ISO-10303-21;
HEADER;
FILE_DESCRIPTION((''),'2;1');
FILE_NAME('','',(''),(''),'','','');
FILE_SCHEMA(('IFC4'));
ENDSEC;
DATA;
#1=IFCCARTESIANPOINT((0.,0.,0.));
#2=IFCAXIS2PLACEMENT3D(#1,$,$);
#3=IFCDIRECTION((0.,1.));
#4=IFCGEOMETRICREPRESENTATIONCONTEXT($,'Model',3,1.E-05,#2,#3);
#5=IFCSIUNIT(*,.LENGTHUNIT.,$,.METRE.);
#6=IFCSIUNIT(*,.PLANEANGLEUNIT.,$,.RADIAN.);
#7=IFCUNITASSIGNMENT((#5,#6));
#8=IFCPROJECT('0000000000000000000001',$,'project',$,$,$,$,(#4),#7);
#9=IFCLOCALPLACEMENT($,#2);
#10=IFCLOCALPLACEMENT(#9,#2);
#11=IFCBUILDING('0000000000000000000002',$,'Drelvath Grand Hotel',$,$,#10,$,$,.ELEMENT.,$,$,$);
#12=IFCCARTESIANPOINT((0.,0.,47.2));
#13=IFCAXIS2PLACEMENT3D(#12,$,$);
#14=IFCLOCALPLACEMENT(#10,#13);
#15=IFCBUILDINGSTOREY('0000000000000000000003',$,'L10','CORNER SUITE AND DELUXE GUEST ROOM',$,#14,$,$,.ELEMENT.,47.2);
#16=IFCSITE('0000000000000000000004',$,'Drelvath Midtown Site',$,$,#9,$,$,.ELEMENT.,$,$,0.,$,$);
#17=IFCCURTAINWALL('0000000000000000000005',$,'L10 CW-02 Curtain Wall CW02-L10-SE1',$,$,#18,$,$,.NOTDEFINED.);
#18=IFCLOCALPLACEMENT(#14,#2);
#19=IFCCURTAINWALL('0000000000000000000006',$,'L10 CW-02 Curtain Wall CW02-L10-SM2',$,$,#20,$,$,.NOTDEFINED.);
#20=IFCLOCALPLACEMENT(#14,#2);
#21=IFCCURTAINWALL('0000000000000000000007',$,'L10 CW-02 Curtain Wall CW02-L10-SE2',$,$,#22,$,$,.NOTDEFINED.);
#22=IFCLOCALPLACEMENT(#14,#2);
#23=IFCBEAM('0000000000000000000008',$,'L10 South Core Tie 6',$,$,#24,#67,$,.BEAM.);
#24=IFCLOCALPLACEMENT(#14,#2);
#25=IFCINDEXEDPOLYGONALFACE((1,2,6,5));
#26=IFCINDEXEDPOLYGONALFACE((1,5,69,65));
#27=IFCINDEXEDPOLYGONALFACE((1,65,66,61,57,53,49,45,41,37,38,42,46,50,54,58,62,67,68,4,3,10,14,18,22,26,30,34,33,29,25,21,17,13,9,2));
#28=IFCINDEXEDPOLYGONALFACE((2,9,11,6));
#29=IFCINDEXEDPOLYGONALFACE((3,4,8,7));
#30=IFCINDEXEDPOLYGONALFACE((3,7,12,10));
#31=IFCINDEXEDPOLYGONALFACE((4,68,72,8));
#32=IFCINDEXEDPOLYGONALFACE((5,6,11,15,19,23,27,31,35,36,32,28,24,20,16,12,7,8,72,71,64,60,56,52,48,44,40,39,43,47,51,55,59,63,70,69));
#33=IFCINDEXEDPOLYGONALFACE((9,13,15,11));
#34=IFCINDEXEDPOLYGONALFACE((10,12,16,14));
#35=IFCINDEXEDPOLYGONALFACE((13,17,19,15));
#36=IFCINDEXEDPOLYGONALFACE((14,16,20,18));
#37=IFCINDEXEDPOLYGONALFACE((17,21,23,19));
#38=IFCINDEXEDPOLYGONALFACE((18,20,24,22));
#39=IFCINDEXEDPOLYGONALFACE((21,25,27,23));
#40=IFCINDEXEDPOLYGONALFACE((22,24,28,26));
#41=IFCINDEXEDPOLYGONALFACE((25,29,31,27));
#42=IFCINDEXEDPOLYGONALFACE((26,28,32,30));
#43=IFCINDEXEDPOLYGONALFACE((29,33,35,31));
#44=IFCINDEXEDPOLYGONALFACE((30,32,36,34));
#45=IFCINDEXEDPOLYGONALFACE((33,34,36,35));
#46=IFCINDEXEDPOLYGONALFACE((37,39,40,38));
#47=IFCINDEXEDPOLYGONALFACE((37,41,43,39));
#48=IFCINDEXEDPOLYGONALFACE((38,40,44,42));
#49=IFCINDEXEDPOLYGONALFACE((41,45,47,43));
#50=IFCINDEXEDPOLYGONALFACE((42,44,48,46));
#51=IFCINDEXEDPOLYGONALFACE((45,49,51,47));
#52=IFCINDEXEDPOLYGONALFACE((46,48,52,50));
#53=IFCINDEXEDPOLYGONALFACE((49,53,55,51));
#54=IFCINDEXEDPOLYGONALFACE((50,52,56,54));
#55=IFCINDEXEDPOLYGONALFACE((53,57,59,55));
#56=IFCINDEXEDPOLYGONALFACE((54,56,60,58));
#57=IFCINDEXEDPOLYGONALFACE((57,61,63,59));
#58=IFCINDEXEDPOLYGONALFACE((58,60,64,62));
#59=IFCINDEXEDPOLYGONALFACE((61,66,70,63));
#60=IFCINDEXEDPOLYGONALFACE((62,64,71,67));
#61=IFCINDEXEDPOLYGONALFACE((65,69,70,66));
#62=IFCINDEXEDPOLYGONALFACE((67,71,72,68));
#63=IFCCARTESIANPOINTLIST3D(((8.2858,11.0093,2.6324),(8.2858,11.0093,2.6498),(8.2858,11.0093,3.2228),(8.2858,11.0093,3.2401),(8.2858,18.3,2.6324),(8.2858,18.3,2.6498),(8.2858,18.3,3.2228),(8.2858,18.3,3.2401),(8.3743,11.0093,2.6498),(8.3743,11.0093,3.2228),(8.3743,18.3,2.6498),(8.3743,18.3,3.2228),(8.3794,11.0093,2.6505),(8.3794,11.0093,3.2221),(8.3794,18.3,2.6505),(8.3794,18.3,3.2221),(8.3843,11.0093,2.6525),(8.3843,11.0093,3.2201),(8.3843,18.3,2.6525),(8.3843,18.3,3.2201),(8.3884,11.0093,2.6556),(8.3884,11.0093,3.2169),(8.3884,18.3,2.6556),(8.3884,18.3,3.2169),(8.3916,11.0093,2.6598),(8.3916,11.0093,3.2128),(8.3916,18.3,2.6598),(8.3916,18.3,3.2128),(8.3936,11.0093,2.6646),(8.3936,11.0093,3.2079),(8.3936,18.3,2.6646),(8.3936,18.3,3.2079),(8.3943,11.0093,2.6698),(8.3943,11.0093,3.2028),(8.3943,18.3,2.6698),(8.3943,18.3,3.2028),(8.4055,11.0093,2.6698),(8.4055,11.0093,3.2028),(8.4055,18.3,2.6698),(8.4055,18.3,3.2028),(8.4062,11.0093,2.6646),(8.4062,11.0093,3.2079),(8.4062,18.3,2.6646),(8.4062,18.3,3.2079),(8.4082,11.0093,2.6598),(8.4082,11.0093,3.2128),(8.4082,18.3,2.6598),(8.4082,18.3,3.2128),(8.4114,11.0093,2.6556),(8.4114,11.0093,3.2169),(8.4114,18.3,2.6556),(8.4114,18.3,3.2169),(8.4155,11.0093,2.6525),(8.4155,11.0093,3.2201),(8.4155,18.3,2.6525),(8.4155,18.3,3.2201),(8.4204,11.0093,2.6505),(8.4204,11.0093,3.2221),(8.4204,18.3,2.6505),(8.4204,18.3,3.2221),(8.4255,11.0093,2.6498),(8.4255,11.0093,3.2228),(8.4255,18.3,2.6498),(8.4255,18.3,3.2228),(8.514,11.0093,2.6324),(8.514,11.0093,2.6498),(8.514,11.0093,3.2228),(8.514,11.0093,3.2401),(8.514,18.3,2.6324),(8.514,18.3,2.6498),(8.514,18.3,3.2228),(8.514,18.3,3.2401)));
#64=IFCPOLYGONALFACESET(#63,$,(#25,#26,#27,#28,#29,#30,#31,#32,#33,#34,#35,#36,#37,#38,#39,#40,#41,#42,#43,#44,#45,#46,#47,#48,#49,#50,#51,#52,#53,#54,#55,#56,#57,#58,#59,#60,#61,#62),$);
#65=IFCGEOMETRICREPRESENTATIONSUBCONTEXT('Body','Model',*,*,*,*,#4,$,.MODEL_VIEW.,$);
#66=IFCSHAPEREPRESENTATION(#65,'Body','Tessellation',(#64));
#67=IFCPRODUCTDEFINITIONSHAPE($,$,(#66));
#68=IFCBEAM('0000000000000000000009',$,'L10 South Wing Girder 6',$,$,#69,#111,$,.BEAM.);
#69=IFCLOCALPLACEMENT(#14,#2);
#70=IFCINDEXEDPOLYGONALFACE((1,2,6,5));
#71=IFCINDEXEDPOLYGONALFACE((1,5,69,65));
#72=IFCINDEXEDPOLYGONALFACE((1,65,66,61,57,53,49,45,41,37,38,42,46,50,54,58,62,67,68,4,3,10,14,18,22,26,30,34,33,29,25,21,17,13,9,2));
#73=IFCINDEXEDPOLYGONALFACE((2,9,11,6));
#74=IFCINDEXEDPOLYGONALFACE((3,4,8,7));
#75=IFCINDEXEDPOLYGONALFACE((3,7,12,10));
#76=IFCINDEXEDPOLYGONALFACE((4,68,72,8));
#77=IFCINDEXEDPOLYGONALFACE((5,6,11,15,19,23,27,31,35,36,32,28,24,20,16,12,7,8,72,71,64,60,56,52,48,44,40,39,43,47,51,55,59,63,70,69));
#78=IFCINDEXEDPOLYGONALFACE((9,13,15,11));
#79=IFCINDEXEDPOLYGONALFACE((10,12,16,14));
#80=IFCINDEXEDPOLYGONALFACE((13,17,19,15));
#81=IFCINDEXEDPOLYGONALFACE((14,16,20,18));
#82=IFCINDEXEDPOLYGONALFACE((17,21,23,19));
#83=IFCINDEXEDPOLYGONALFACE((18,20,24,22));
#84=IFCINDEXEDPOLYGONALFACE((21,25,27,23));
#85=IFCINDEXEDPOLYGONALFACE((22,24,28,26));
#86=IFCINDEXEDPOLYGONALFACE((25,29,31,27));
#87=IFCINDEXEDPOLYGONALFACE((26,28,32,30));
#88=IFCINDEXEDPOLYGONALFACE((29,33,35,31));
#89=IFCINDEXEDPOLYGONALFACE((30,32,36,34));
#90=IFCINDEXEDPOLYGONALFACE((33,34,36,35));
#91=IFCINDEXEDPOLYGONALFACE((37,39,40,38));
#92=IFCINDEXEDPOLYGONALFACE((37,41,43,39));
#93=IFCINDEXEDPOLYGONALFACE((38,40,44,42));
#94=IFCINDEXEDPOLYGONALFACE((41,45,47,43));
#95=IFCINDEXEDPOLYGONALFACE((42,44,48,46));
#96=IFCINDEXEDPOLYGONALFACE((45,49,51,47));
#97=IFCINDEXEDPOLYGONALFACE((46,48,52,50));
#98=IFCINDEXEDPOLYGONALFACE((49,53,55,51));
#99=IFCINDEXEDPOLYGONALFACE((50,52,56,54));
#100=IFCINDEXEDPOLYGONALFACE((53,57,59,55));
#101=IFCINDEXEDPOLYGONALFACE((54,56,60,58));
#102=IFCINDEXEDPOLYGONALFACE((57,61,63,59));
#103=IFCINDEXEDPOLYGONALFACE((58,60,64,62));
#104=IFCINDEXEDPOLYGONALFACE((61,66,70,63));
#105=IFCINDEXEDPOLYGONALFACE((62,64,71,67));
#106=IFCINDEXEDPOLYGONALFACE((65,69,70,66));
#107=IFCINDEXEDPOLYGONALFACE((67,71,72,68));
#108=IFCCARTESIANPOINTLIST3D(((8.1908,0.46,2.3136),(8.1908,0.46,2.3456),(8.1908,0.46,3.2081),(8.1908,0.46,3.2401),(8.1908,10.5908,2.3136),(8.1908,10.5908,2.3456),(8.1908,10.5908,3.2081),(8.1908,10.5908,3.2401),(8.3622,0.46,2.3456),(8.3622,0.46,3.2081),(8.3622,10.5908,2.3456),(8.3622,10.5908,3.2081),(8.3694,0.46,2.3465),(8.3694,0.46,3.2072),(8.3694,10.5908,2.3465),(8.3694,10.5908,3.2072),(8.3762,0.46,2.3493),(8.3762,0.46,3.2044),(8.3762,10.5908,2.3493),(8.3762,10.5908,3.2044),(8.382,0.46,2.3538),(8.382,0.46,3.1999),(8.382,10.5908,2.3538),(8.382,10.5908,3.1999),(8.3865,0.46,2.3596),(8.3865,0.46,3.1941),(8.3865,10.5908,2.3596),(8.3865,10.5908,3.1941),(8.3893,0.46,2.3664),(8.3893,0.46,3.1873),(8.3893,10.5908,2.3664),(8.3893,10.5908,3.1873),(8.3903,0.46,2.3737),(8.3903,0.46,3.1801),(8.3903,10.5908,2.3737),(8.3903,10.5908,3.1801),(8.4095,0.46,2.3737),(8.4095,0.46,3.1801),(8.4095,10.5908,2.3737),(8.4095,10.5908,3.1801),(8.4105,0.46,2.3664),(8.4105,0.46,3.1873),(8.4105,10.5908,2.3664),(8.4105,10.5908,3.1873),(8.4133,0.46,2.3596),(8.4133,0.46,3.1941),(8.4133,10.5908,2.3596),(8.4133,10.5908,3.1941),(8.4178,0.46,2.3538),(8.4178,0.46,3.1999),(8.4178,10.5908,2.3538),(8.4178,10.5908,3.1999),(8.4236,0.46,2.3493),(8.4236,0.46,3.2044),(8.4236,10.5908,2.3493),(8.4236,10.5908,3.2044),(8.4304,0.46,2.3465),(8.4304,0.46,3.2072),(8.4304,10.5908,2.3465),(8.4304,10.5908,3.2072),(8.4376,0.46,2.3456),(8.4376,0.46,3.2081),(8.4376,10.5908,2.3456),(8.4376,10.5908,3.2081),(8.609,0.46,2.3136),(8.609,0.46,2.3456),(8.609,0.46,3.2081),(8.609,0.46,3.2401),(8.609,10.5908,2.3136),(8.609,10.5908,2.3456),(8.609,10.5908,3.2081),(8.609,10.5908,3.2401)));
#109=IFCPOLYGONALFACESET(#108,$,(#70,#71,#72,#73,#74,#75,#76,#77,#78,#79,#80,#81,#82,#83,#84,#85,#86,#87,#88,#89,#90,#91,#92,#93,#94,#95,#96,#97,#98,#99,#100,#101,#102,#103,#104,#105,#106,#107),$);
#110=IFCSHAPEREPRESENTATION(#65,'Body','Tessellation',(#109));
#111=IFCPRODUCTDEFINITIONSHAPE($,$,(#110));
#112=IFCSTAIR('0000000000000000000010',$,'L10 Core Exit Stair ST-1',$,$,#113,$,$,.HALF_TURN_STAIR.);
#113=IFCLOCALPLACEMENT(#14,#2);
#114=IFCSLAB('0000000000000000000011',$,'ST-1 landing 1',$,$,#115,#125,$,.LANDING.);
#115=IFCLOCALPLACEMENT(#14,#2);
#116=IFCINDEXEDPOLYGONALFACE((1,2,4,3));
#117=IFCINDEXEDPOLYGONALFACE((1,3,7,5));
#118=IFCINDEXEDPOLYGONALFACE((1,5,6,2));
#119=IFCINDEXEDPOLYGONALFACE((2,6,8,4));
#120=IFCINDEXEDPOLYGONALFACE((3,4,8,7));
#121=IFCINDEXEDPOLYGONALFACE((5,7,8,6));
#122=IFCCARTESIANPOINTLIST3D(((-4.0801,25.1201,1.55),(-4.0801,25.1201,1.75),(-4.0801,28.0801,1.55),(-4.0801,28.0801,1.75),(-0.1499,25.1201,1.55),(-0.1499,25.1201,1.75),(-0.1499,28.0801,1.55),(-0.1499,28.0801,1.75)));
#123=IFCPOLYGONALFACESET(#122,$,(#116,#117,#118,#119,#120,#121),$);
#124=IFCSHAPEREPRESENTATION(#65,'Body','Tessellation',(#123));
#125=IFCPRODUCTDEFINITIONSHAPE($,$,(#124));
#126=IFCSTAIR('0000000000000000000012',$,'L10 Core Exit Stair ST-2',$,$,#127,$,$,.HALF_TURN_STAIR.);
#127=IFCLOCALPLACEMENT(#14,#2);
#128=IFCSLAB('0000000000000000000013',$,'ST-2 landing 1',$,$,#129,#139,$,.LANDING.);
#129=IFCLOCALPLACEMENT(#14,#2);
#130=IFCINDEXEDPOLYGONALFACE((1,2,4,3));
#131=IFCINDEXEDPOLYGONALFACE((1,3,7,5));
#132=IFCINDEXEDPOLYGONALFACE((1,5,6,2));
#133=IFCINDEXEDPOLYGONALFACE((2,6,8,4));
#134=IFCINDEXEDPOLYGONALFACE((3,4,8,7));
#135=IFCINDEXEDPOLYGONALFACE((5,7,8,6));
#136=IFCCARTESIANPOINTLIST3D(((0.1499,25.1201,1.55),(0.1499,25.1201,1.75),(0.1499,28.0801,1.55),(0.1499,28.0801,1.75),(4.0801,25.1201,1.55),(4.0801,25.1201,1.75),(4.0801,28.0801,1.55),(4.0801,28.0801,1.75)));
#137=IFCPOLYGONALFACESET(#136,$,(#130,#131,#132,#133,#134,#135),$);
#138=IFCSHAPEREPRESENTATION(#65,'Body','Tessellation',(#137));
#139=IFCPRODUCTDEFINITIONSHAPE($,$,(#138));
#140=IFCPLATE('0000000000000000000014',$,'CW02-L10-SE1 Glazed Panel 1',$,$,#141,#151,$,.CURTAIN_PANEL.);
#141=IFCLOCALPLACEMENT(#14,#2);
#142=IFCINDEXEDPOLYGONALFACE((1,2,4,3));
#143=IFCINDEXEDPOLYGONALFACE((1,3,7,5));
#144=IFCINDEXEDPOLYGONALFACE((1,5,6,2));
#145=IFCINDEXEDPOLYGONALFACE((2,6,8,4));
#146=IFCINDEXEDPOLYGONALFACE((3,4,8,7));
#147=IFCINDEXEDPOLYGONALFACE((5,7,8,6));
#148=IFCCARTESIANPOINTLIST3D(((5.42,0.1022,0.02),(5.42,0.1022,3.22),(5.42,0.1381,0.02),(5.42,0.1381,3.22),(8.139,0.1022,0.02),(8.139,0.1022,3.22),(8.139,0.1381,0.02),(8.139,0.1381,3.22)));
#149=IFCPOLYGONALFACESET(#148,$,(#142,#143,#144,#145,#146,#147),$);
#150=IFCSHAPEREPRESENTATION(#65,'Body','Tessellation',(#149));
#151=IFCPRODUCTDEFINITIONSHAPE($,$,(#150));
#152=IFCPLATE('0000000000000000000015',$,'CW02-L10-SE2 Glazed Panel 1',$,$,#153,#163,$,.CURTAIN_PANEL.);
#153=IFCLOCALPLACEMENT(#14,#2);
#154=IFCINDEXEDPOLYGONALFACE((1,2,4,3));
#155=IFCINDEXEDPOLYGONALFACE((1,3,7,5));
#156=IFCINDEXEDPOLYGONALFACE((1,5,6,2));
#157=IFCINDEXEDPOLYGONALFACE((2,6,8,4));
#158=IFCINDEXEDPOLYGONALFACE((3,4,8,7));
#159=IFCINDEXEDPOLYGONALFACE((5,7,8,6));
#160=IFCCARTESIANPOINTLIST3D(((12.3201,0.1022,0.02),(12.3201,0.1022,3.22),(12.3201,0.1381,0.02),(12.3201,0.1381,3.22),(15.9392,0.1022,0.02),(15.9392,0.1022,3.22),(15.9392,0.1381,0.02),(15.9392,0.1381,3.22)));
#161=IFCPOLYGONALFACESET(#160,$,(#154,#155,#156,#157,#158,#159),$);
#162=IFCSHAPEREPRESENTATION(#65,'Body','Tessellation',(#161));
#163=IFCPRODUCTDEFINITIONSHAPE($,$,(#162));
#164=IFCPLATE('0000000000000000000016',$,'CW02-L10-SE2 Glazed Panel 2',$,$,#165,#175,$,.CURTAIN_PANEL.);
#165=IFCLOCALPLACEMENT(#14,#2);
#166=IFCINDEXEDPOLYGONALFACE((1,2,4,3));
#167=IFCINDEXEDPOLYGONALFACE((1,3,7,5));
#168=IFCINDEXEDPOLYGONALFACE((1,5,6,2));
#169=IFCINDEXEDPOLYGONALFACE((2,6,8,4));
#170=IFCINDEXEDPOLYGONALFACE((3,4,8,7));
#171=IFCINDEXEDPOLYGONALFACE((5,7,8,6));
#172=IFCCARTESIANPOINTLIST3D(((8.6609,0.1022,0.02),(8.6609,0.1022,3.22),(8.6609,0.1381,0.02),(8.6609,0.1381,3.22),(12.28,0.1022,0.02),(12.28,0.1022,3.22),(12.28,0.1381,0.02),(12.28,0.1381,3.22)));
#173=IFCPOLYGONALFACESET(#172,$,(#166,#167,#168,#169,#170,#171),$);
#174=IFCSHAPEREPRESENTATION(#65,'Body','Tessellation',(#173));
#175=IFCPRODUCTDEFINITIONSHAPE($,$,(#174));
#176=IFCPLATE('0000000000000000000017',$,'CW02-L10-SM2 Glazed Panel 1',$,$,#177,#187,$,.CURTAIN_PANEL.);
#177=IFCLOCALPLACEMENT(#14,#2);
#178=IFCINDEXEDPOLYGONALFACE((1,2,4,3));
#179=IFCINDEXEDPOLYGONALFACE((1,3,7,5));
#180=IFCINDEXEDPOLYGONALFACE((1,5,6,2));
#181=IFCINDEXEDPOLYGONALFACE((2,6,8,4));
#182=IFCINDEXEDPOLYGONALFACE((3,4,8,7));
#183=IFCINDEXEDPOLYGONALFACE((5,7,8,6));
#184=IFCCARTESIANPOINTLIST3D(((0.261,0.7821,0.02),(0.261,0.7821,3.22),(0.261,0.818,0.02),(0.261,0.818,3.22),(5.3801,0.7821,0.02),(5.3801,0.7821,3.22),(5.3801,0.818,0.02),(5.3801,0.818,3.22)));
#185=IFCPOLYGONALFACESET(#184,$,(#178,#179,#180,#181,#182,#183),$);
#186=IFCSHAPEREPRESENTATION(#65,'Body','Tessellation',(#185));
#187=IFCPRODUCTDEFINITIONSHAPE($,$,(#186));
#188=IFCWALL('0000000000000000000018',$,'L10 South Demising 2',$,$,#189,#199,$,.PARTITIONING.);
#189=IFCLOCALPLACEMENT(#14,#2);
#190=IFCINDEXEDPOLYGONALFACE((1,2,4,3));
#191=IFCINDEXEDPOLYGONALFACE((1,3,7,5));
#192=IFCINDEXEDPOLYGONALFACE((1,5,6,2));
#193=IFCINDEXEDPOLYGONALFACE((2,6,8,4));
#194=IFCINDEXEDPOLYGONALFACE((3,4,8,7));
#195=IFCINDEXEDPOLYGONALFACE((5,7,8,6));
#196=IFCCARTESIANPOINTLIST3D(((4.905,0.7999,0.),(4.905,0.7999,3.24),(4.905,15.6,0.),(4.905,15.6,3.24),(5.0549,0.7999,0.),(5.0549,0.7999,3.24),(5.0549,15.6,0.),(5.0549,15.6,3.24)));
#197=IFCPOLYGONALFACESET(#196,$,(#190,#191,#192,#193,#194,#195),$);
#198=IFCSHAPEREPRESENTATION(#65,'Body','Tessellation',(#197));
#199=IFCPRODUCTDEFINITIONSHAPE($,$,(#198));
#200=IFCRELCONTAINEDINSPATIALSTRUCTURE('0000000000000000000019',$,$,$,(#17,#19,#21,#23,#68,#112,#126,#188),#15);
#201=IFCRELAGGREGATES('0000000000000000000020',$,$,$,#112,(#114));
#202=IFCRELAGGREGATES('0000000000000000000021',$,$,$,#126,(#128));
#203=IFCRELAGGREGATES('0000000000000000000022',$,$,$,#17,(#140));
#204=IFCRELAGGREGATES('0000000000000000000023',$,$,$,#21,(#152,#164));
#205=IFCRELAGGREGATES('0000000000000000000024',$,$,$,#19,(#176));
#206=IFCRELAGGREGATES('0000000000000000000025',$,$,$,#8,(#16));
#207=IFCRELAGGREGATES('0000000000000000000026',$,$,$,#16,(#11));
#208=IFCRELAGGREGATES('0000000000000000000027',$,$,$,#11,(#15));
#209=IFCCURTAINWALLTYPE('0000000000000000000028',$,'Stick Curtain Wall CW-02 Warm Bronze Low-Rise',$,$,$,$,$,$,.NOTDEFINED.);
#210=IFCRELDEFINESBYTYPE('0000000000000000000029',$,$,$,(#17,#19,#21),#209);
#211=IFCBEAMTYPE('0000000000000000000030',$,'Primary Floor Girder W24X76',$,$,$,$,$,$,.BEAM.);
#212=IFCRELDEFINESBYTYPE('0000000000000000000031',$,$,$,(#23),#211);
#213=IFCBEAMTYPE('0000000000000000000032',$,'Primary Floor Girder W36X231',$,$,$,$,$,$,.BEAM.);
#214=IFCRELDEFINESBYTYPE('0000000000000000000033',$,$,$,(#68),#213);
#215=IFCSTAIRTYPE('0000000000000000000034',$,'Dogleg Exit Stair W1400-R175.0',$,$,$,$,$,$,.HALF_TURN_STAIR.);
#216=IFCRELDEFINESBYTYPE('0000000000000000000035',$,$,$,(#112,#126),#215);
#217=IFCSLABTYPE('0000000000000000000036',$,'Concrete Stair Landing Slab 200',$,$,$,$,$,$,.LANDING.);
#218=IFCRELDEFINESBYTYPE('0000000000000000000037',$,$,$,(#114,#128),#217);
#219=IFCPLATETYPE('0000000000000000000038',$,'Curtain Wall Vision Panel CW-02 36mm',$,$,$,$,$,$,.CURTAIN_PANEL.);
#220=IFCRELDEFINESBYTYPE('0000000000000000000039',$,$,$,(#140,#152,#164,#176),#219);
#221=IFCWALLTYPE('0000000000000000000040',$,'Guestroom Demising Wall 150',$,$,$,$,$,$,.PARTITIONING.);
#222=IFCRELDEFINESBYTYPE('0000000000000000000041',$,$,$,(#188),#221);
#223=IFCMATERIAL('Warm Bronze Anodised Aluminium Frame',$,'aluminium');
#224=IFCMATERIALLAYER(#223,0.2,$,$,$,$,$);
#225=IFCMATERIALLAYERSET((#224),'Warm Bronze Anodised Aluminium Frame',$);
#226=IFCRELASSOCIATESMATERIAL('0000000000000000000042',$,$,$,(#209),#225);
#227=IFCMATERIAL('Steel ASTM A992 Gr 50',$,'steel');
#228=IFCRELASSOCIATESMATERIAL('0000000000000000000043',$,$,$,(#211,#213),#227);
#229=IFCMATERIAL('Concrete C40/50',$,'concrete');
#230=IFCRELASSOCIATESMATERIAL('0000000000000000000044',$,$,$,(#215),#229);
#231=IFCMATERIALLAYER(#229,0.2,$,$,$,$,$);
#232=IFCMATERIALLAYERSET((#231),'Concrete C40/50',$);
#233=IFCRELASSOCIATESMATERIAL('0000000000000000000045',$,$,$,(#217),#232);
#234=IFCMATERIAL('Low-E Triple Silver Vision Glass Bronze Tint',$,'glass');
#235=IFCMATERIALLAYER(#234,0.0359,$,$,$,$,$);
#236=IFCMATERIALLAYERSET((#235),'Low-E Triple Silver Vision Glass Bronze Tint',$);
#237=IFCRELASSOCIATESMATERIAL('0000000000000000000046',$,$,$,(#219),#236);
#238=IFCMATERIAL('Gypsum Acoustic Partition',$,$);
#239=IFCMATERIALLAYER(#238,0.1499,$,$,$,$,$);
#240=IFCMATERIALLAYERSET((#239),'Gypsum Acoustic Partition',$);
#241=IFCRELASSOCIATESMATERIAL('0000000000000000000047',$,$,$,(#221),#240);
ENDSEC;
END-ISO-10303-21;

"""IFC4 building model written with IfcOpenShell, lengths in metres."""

from ifc_helpers import new_model, si_unit, direction, frame, frame_2d, origin, origin_2d, place, context, subcontext, project, spatial, polyline, rectangle, i_section, outline, extrude, material, layer, layer_set, material_profile, profile_set, type_object, element, aggregate, save


model = new_model("IFC4")

# Units and contexts
model_context = context("Model", 3, precision=1e-05, world=origin(), true_north=direction((0.0, 1.0)))
body_context = subcontext(model_context, "Body", "Model", "MODEL_VIEW")
ifc_project = project(units=[si_unit("LENGTHUNIT", "METRE"), si_unit("PLANEANGLEUNIT", "RADIAN")], contexts=[model_context])

# Site, building, storey
site_placement = place(None, origin())
site = spatial("IfcSite", under=ifc_project, at=site_placement, Name="Drelvath Midtown Site", CompositionType="ELEMENT", RefElevation=0.0)
building_placement = place(site_placement, origin())
building = spatial("IfcBuilding", under=site, at=building_placement, Name="Drelvath Grand Hotel", CompositionType="ELEMENT")
storey_placement = place(building_placement, frame((0.0, 0.0, 47.2)))
storey = spatial("IfcBuildingStorey", under=building, at=storey_placement, Name="L10", Description="CORNER SUITE AND DELUXE GUEST ROOM", CompositionType="ELEMENT", Elevation=47.2)

# Shared definitions
ifc_material_1 = material(Name="Steel ASTM A992 Gr 50", Category="steel")

# Curtain walls
ifc_material_2 = material(Name="Warm Bronze Anodised Aluminium Frame", Category="aluminium")
ifc_layer_1 = layer(ifc_material_2, 0.2)
ifc_layer_set_1 = layer_set([ifc_layer_1], Name="Warm Bronze Anodised Aluminium Frame")
curtain_wall_type = type_object("IfcCurtainWallType", Name="Stick Curtain Wall CW-02 Warm Bronze Low-Rise", PredefinedType="NOTDEFINED", material=ifc_layer_set_1)
curtain_wall_1_placement = place(storey_placement, origin())
curtain_wall_1 = element("IfcCurtainWall", 1, at=curtain_wall_1_placement, inside=storey, type_object=curtain_wall_type, Name="L10 CW-02 Curtain Wall CW02-L10-SE1", PredefinedType="NOTDEFINED")
curtain_wall_2_placement = place(storey_placement, origin())
curtain_wall_2 = element("IfcCurtainWall", 2, at=curtain_wall_2_placement, inside=storey, type_object=curtain_wall_type, Name="L10 CW-02 Curtain Wall CW02-L10-SM2", PredefinedType="NOTDEFINED")

# Curtain wall
curtain_wall_3_placement = place(storey_placement, origin())
curtain_wall_3 = element("IfcCurtainWall", 3, at=curtain_wall_3_placement, inside=storey, type_object=curtain_wall_type, Name="L10 CW-02 Curtain Wall CW02-L10-SE2", PredefinedType="NOTDEFINED")

# Beams
ifc_material_profile_1 = material_profile(ifc_material_1, i_section(OverallWidth=0.2283, OverallDepth=0.6077, WebThickness=0.0112, FlangeThickness=0.0173, FilletRadius=0.02, at=origin_2d()), Name="W24X76")
ifc_profile_set_1 = profile_set([ifc_material_profile_1], Name="Steel ASTM A992 Gr 50")
beam_type_1 = type_object("IfcBeamType", Name="Primary Floor Girder W24X76", PredefinedType="BEAM", material=ifc_profile_set_1)
beam_1_placement = place(storey_placement, frame((8.3999, 11.0093, 2.9363), z_axis=(0.0, 1.0, 0.0), x_axis=(-1.0, 0.0, 0.0)))
element("IfcBeam", 4, at=beam_1_placement, inside=storey, type_object=beam_type_1, Name="L10 South Core Tie 6", PredefinedType="BEAM", context=body_context, shape_type="SweptSolid", body=[
    extrude(i_section(OverallWidth=0.2283, OverallDepth=0.6077, WebThickness=0.0112, FlangeThickness=0.0173, FilletRadius=0.02, at=origin_2d()), origin(), (0.0, 0.0, 1.0), 7.2908),
])
ifc_material_profile_2 = material_profile(ifc_material_1, i_section(OverallWidth=0.4182, OverallDepth=0.9265, WebThickness=0.0193, FlangeThickness=0.032, FilletRadius=0.0281, at=origin_2d()), Name="W36X231")
ifc_profile_set_2 = profile_set([ifc_material_profile_2], Name="Steel ASTM A992 Gr 50")
beam_type_2 = type_object("IfcBeamType", Name="Primary Floor Girder W36X231", PredefinedType="BEAM", material=ifc_profile_set_2)
beam_2_placement = place(storey_placement, frame((8.3999, 0.46, 2.7769), z_axis=(0.0, 1.0, 0.0), x_axis=(-1.0, 0.0, 0.0)))
element("IfcBeam", 5, at=beam_2_placement, inside=storey, type_object=beam_type_2, Name="L10 South Wing Girder 6", PredefinedType="BEAM", context=body_context, shape_type="SweptSolid", body=[
    extrude(i_section(OverallWidth=0.4182, OverallDepth=0.9265, WebThickness=0.0193, FlangeThickness=0.032, FilletRadius=0.0281, at=origin_2d()), origin(), (0.0, 0.0, 1.0), 10.1309),
])

# Stairs, slabs
ifc_material_3 = material(Name="Concrete C40/50", Category="concrete")
stair_type = type_object("IfcStairType", Name="Dogleg Exit Stair W1400-R175.0", PredefinedType="HALF_TURN_STAIR", material=ifc_material_3)
stair_1_placement = place(storey_placement, origin())
stair_1 = element("IfcStair", 6, at=stair_1_placement, inside=storey, type_object=stair_type, Name="L10 Core Exit Stair ST-1", PredefinedType="HALF_TURN_STAIR")
ifc_layer_2 = layer(ifc_material_3, 0.2)
ifc_layer_set_2 = layer_set([ifc_layer_2], Name="Concrete C40/50")
slab_type = type_object("IfcSlabType", Name="Concrete Stair Landing Slab 200", PredefinedType="LANDING", material=ifc_layer_set_2)
slab_1_placement = place(storey_placement, frame((0.0, 0.0, 1.55)))
slab_1 = element("IfcSlab", 7, at=slab_1_placement, type_object=slab_type, Name="ST-1 landing 1", PredefinedType="LANDING", context=body_context, shape_type="SweptSolid", body=[
    extrude(outline(polyline([(-4.0801, 25.1201), (-0.1499, 25.1201), (-0.1499, 28.0801), (-4.0801, 28.0801), (-4.0801, 25.1201)])), origin(), (0.0, 0.0, 1.0), 0.2),
])
aggregate(stair_1, [slab_1])
stair_2_placement = place(storey_placement, origin())
stair_2 = element("IfcStair", 8, at=stair_2_placement, inside=storey, type_object=stair_type, Name="L10 Core Exit Stair ST-2", PredefinedType="HALF_TURN_STAIR")
slab_2_placement = place(storey_placement, frame((0.0, 0.0, 1.55)))
slab_2 = element("IfcSlab", 9, at=slab_2_placement, type_object=slab_type, Name="ST-2 landing 1", PredefinedType="LANDING", context=body_context, shape_type="SweptSolid", body=[
    extrude(outline(polyline([(4.0801, 28.0801), (0.1499, 28.0801), (0.1499, 25.1201), (4.0801, 25.1201), (4.0801, 28.0801)])), origin(), (0.0, 0.0, 1.0), 0.2),
])
aggregate(stair_2, [slab_2])

# Plates
ifc_material_4 = material(Name="Low-E Triple Silver Vision Glass Bronze Tint", Category="glass")
ifc_layer_3 = layer(ifc_material_4, 0.0359)
ifc_layer_set_3 = layer_set([ifc_layer_3], Name="Low-E Triple Silver Vision Glass Bronze Tint")
plate_type = type_object("IfcPlateType", Name="Curtain Wall Vision Panel CW-02 36mm", PredefinedType="CURTAIN_PANEL", material=ifc_layer_set_3)
plate_1_placement = place(storey_placement, frame((6.7795, 0.1201, 0.02), z_axis=(0.0, 0.0, 1.0), x_axis=(-1.0, 0.0, 0.0)))
plate_1 = element("IfcPlate", 10, at=plate_1_placement, type_object=plate_type, Name="CW02-L10-SE1 Glazed Panel 1", PredefinedType="CURTAIN_PANEL", context=body_context, shape_type="SweptSolid", body=[
    extrude(rectangle(XDim=2.719, YDim=0.0359, at=origin_2d()), origin(), (0.0, 0.0, 1.0), 3.2),
])
aggregate(curtain_wall_1, [plate_1])
plate_2_placement = place(storey_placement, frame((14.1296, 0.1201, 0.02), z_axis=(0.0, 0.0, 1.0), x_axis=(-1.0, 0.0, 0.0)))
plate_2 = element("IfcPlate", 11, at=plate_2_placement, type_object=plate_type, Name="CW02-L10-SE2 Glazed Panel 1", PredefinedType="CURTAIN_PANEL", context=body_context, shape_type="SweptSolid", body=[
    extrude(rectangle(XDim=3.6191, YDim=0.0359, at=origin_2d()), origin(), (0.0, 0.0, 1.0), 3.2),
])
plate_3_placement = place(storey_placement, frame((10.4705, 0.1201, 0.02), z_axis=(0.0, 0.0, 1.0), x_axis=(-1.0, 0.0, 0.0)))
plate_3 = element("IfcPlate", 12, at=plate_3_placement, type_object=plate_type, Name="CW02-L10-SE2 Glazed Panel 2", PredefinedType="CURTAIN_PANEL", context=body_context, shape_type="SweptSolid", body=[
    extrude(rectangle(XDim=3.6191, YDim=0.0359, at=origin_2d()), origin(), (0.0, 0.0, 1.0), 3.2),
])
aggregate(curtain_wall_3, [plate_2, plate_3])
plate_4_placement = place(storey_placement, frame((2.8206, 0.8, 0.02), z_axis=(0.0, 0.0, 1.0), x_axis=(-1.0, 0.0, 0.0)))
plate_4 = element("IfcPlate", 13, at=plate_4_placement, type_object=plate_type, Name="CW02-L10-SM2 Glazed Panel 1", PredefinedType="CURTAIN_PANEL", context=body_context, shape_type="SweptSolid", body=[
    extrude(rectangle(XDim=5.1191, YDim=0.0359, at=origin_2d()), origin(), (0.0, 0.0, 1.0), 3.2),
])
aggregate(curtain_wall_2, [plate_4])

# Wall
ifc_material_5 = material(Name="Gypsum Acoustic Partition")
ifc_layer_4 = layer(ifc_material_5, 0.1499)
ifc_layer_set_4 = layer_set([ifc_layer_4], Name="Gypsum Acoustic Partition")
wall_type_1 = type_object("IfcWallType", Name="Guestroom Demising Wall 150", PredefinedType="PARTITIONING", material=ifc_layer_set_4)
wall_1_placement = place(storey_placement, frame((4.98, 0.8, 0.0), z_axis=(0.0, 0.0, 1.0), x_axis=(0.0, 1.0, 0.0)))
element("IfcWall", 14, at=wall_1_placement, inside=storey, type_object=wall_type_1, Name="L10 South Demising 2", PredefinedType="PARTITIONING", context=body_context, shape_type="SweptSolid", body=[
    extrude(rectangle(XDim=14.8, YDim=0.1499, at=frame_2d((7.3999, 0.0))), origin(), (0.0, 0.0, 1.0), 3.24),
])

save(model, "model.ifc")
